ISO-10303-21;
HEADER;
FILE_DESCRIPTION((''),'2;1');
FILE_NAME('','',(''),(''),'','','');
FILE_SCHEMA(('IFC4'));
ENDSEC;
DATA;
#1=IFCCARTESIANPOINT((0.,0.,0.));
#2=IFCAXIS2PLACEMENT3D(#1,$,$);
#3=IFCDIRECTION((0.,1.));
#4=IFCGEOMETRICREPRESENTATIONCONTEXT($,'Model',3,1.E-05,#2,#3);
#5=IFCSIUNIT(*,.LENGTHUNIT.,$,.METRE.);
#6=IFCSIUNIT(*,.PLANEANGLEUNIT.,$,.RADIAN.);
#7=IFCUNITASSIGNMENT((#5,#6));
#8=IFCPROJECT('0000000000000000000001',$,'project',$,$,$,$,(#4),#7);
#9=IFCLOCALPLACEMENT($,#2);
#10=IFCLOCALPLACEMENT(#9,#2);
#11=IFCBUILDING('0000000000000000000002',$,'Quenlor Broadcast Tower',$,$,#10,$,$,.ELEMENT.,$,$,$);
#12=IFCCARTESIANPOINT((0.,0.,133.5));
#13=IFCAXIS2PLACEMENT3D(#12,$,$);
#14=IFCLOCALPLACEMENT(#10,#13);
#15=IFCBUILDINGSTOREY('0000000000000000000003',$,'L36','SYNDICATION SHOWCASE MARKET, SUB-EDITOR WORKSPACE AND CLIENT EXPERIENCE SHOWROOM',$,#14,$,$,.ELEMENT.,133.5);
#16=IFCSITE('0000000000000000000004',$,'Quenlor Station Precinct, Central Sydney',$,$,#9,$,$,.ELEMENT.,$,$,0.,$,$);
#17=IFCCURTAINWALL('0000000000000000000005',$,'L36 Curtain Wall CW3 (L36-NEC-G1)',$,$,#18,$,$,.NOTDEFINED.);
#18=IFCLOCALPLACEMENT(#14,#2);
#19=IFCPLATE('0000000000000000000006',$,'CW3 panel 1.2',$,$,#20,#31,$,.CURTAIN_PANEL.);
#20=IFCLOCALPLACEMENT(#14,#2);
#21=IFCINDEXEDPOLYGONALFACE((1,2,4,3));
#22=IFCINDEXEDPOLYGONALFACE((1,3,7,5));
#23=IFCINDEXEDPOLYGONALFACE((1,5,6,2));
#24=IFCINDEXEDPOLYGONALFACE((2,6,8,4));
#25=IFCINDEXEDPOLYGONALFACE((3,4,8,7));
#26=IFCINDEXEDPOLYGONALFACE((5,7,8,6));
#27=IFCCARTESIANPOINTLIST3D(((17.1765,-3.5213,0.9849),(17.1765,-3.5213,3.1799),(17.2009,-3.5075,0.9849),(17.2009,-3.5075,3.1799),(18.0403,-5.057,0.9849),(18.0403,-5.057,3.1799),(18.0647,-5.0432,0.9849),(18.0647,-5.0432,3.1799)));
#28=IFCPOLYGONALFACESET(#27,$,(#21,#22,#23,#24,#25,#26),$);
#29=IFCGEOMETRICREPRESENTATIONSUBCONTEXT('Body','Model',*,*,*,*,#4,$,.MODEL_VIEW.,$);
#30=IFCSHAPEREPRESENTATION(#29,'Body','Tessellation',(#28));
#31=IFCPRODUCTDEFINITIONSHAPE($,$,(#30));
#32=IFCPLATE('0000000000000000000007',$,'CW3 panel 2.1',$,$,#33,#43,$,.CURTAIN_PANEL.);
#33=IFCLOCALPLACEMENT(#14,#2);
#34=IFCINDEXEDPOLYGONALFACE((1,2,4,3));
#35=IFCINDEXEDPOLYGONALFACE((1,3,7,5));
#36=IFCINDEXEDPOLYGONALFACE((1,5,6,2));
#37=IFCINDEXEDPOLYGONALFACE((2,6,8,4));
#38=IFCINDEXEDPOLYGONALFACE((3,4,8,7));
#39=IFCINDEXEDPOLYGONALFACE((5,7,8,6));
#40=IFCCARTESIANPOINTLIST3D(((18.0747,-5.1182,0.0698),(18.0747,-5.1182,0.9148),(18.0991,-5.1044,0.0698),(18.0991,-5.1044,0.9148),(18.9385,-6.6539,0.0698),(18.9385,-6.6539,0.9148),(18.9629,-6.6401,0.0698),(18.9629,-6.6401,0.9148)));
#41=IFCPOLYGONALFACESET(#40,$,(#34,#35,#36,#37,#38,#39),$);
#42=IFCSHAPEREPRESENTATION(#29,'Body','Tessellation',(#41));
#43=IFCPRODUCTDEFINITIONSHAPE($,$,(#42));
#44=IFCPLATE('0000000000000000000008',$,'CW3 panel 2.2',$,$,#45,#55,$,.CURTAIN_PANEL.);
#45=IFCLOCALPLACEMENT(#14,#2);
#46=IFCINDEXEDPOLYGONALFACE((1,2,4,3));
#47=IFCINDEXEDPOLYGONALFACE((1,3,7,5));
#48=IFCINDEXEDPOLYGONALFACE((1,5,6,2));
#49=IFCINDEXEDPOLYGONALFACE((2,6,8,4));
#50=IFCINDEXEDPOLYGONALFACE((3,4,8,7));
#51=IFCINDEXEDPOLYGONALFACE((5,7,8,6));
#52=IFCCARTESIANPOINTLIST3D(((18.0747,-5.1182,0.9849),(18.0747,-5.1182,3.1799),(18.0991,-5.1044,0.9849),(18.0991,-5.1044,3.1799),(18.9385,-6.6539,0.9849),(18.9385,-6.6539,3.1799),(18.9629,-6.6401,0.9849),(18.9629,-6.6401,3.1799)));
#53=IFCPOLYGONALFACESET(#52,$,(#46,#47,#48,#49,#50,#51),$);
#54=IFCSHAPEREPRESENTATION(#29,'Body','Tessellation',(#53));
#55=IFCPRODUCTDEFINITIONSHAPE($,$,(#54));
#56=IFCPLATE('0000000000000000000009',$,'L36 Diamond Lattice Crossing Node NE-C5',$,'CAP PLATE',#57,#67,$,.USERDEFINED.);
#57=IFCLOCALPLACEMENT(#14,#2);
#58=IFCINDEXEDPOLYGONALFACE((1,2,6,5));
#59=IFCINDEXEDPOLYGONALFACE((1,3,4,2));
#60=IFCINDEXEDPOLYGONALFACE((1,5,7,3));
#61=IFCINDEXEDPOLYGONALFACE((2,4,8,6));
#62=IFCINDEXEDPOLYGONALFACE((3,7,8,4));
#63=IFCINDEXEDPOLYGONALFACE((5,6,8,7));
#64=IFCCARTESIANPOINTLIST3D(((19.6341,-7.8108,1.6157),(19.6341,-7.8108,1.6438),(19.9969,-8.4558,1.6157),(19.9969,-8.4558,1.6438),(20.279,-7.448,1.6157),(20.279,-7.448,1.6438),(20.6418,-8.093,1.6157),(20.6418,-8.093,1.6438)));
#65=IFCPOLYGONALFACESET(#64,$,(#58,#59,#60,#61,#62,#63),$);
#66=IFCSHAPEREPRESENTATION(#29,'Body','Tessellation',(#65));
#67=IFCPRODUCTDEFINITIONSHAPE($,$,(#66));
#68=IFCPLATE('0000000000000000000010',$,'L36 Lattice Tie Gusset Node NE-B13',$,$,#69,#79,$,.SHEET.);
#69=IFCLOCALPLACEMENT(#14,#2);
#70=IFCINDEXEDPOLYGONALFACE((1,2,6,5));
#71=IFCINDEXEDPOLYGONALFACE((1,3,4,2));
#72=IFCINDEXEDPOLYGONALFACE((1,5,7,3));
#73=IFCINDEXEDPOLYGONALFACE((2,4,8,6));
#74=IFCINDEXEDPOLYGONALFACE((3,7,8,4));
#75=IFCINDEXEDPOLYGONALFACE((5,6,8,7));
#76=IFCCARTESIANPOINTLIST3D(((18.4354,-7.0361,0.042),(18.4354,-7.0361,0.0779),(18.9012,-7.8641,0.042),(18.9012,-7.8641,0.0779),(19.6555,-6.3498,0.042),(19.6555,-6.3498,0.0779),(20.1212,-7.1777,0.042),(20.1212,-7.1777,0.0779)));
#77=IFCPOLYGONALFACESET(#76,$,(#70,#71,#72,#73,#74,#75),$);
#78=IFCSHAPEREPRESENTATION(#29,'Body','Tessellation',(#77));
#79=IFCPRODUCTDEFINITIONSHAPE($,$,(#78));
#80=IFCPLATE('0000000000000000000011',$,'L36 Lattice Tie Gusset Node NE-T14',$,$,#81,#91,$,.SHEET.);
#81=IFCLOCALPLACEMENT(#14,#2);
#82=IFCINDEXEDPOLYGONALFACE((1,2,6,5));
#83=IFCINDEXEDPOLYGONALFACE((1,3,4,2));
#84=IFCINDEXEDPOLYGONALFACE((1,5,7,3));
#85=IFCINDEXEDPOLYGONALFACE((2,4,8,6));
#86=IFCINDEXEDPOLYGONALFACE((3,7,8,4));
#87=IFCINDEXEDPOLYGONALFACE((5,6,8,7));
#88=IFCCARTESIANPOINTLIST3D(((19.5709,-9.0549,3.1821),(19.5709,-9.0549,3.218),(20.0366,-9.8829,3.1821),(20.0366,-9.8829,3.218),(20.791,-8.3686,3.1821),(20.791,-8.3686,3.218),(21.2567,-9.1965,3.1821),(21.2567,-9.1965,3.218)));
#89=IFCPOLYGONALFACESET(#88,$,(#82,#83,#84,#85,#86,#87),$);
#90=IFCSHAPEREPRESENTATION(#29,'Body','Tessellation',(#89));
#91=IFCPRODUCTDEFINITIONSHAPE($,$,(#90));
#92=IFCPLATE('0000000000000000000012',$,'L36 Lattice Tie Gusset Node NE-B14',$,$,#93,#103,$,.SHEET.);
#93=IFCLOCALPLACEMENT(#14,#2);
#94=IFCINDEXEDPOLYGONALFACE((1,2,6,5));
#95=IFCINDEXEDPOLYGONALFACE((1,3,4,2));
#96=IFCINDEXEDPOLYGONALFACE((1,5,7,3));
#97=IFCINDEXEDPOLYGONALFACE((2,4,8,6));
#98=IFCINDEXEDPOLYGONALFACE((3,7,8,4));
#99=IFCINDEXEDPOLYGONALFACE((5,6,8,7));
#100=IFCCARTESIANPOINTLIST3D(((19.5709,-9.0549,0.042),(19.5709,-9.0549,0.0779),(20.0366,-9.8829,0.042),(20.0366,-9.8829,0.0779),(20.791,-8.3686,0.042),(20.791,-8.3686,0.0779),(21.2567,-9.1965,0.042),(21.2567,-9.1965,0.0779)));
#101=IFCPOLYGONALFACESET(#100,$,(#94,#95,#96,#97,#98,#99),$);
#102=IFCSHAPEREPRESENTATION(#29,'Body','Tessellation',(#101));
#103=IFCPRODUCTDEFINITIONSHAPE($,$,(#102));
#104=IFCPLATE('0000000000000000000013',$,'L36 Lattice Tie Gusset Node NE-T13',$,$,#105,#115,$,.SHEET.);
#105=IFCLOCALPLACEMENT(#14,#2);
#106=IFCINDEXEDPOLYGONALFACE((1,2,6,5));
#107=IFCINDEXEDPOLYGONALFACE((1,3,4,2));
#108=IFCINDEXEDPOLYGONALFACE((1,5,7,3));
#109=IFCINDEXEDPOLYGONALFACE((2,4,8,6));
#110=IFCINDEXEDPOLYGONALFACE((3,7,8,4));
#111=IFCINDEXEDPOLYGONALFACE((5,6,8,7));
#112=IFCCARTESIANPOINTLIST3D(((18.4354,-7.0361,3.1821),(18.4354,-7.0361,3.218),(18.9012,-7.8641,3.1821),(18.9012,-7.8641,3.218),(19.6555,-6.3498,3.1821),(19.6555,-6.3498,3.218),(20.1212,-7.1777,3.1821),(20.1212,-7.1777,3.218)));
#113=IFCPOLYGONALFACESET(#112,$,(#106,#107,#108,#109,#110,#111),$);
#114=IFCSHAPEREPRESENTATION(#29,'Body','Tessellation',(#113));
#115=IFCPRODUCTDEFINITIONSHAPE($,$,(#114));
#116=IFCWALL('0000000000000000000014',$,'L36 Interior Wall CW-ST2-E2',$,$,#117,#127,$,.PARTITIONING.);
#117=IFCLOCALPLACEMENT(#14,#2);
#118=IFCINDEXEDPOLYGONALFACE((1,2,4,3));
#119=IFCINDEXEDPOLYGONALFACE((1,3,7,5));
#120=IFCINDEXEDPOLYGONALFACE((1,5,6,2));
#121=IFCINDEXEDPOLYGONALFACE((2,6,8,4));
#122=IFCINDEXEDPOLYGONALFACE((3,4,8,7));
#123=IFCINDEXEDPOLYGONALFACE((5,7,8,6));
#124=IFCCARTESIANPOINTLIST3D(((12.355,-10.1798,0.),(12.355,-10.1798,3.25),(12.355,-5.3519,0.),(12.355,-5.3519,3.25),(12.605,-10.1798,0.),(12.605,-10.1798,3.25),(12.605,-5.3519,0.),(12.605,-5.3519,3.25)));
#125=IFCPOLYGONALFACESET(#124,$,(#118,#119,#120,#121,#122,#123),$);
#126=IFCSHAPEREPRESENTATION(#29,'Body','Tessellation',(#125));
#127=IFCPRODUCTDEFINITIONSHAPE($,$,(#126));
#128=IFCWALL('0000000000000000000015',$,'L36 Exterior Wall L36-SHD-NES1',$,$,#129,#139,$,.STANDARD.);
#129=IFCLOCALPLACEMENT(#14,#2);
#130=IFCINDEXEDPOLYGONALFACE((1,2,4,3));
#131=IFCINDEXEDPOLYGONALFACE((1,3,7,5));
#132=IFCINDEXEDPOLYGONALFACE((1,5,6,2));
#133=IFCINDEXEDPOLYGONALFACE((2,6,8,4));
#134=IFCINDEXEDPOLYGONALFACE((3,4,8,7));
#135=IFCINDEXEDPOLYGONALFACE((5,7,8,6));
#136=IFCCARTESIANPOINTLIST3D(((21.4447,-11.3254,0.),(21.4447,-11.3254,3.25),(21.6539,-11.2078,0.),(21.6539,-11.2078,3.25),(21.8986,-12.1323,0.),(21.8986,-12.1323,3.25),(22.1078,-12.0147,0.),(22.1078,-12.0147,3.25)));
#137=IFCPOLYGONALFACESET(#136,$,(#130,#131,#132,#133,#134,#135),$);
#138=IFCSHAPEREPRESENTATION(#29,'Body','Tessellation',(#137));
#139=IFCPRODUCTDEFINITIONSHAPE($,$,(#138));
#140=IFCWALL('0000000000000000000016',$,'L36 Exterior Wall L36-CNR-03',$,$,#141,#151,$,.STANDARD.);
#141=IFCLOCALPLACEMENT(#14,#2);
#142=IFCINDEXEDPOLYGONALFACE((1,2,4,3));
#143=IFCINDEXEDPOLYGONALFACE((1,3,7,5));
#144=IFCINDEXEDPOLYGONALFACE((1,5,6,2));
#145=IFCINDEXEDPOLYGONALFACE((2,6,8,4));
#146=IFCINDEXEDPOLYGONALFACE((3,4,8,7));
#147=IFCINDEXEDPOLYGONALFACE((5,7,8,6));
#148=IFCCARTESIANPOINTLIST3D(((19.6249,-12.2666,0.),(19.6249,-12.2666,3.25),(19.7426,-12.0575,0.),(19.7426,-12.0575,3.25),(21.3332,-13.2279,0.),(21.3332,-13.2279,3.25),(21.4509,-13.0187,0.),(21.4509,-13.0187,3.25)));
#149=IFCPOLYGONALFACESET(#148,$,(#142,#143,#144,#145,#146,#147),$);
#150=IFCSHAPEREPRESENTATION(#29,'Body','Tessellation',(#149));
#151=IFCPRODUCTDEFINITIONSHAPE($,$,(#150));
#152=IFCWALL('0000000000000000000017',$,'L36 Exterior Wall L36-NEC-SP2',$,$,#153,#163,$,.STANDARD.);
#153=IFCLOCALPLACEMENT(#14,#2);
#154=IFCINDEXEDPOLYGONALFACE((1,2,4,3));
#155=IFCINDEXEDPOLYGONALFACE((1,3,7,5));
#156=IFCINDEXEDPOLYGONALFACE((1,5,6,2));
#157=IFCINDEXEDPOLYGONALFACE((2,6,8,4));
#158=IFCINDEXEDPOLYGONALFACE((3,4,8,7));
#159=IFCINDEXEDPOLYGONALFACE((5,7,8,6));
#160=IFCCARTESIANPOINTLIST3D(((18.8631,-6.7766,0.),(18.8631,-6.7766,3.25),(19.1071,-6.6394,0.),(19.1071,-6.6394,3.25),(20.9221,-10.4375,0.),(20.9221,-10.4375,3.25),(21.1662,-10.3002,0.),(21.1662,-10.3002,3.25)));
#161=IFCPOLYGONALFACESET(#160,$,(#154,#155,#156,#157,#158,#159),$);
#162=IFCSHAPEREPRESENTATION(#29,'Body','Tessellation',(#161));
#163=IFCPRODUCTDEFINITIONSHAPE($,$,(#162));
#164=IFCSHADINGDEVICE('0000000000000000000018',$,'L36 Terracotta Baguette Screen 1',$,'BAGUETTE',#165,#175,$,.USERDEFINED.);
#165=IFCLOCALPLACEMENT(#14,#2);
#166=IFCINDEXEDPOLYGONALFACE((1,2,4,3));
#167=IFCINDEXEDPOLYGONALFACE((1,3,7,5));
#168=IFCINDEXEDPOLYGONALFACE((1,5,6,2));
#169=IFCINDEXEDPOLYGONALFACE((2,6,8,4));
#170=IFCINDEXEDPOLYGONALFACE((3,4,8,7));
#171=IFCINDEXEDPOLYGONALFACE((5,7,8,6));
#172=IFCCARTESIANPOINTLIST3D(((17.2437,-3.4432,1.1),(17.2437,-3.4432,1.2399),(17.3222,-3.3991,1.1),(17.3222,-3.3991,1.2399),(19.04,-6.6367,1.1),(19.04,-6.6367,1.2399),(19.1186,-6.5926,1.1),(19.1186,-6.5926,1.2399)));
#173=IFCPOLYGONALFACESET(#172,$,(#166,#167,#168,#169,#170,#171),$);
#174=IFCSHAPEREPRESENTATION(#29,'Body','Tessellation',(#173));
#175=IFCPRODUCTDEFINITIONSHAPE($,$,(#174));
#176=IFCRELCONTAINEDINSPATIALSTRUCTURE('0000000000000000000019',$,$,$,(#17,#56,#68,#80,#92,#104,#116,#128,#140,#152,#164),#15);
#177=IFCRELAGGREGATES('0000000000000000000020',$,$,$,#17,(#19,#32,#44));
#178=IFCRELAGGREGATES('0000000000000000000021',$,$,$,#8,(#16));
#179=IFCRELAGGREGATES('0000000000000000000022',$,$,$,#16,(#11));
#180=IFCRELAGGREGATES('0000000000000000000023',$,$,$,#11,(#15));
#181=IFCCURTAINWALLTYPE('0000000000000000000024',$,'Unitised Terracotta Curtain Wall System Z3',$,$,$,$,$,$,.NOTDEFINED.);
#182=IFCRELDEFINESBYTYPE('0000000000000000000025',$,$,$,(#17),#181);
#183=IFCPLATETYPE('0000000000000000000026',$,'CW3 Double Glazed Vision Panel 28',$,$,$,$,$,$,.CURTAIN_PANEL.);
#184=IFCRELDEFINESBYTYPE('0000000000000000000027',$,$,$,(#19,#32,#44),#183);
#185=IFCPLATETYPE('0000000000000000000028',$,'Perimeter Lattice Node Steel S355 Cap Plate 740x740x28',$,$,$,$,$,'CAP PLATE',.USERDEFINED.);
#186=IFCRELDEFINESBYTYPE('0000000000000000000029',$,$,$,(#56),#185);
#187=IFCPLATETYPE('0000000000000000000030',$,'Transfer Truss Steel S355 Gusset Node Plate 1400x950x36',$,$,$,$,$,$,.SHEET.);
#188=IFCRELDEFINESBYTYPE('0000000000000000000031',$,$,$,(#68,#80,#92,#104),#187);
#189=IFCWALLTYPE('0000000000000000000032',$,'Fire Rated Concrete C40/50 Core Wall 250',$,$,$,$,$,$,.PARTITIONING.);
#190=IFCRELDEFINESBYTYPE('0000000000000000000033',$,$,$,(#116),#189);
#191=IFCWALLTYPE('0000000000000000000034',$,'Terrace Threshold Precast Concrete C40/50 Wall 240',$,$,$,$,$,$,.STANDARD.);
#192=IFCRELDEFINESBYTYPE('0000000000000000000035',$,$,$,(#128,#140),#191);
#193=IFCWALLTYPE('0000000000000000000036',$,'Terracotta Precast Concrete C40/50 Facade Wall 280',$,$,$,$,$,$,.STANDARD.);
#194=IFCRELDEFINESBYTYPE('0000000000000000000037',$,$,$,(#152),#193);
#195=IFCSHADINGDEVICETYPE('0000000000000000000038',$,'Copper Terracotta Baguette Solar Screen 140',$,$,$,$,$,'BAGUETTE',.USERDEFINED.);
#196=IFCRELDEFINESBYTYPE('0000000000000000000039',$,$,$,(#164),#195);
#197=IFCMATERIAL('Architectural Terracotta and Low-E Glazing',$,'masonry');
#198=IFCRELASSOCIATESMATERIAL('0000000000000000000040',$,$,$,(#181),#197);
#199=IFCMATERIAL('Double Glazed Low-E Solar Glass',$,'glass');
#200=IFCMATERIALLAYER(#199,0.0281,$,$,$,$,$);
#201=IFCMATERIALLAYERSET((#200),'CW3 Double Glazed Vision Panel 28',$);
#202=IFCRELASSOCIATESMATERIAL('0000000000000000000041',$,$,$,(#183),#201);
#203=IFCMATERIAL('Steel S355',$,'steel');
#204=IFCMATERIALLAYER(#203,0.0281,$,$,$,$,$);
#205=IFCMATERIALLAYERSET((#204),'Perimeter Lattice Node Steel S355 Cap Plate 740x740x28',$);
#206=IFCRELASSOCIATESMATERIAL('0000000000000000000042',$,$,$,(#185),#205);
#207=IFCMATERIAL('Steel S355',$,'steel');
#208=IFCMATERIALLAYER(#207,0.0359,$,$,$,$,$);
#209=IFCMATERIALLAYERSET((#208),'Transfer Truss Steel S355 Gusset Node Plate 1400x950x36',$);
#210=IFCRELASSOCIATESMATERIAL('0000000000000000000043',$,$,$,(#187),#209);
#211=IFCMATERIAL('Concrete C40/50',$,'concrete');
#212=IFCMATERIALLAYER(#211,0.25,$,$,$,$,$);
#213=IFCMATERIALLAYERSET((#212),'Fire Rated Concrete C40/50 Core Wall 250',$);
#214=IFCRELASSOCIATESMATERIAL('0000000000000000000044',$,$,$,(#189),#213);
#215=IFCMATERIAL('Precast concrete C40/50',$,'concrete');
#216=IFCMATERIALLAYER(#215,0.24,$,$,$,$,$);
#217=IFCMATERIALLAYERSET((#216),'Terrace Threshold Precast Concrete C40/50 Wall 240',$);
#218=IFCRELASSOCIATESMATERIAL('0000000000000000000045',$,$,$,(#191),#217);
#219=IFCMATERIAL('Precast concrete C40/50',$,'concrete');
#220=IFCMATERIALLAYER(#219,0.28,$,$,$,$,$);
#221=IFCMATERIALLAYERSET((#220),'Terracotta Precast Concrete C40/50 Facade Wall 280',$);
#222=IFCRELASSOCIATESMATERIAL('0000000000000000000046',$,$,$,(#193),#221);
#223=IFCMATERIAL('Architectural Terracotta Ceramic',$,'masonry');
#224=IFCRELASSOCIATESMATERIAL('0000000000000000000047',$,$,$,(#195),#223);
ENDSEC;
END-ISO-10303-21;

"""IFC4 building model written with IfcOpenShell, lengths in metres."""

from ifc_helpers import new_model, si_unit, direction, frame, frame_2d, origin, origin_2d, place, context, subcontext, project, spatial, rectangle, extrude, material, layer, layer_set, material_profile, profile_set, type_object, element, aggregate, save


model = new_model("IFC4")

# Units and contexts
model_context = context("Model", 3, precision=1e-05, world=origin(), true_north=direction((0.0, 1.0)))
body_context = subcontext(model_context, "Body", "Model", "MODEL_VIEW")
ifc_project = project(units=[si_unit("LENGTHUNIT", "METRE"), si_unit("PLANEANGLEUNIT", "RADIAN")], contexts=[model_context])

# Site, building, storey
site_placement = place(None, origin())
site = spatial("IfcSite", under=ifc_project, at=site_placement, Name="Quenlor Station Precinct, Central Sydney", CompositionType="ELEMENT", RefElevation=0.0)
building_placement = place(site_placement, origin())
building = spatial("IfcBuilding", under=site, at=building_placement, Name="Quenlor Broadcast Tower", CompositionType="ELEMENT")
storey_placement = place(building_placement, frame((0.0, 0.0, 133.5)))
storey = spatial("IfcBuildingStorey", under=building, at=storey_placement, Name="L36", Description="SYNDICATION SHOWCASE MARKET, SUB-EDITOR WORKSPACE AND CLIENT EXPERIENCE SHOWROOM", CompositionType="ELEMENT", Elevation=133.5)

# Curtain wall
ifc_material_1 = material(Name="Architectural Terracotta and Low-E Glazing", Category="masonry")
curtain_wall_type = type_object("IfcCurtainWallType", Name="Unitised Terracotta Curtain Wall System Z3", PredefinedType="NOTDEFINED", material=ifc_material_1)
curtain_wall_placement = place(storey_placement, origin())
curtain_wall = element("IfcCurtainWall", 1, at=curtain_wall_placement, inside=storey, type_object=curtain_wall_type, Name="L36 Curtain Wall CW3 (L36-NEC-G1)", PredefinedType="NOTDEFINED")

# Plates
ifc_material_2 = material(Name="Double Glazed Low-E Solar Glass", Category="glass")
ifc_layer_1 = layer(ifc_material_2, 0.0281)
ifc_layer_set_1 = layer_set([ifc_layer_1], Name="CW3 Double Glazed Vision Panel 28")
plate_type_1 = type_object("IfcPlateType", Name="CW3 Double Glazed Vision Panel 28", PredefinedType="CURTAIN_PANEL", material=ifc_layer_set_1)
plate_1_placement = place(storey_placement, frame((17.6206, -4.2822, 0.9849), z_axis=(0.0, 0.0, 1.0), x_axis=(0.490259, -0.871577, 0.0)))
plate_1 = element("IfcPlate", 2, at=plate_1_placement, type_object=plate_type_1, Name="CW3 panel 1.2", PredefinedType="CURTAIN_PANEL", context=body_context, shape_type="SweptSolid", body=[
    extrude(rectangle(XDim=1.762, YDim=0.0281, at=origin_2d()), origin(), (0.0, 0.0, 1.0), 2.1951),
])
plate_2_placement = place(storey_placement, frame((18.5188, -5.8792, 0.0698), z_axis=(0.0, 0.0, 1.0), x_axis=(0.490259, -0.871577, 0.0)))
plate_2 = element("IfcPlate", 3, at=plate_2_placement, type_object=plate_type_1, Name="CW3 panel 2.1", PredefinedType="CURTAIN_PANEL", context=body_context, shape_type="SweptSolid", body=[
    extrude(rectangle(XDim=1.762, YDim=0.0281, at=origin_2d()), origin(), (0.0, 0.0, 1.0), 0.845),
])
plate_3_placement = place(storey_placement, frame((18.5188, -5.8792, 0.9849), z_axis=(0.0, 0.0, 1.0), x_axis=(0.490259, -0.871577, 0.0)))
plate_3 = element("IfcPlate", 4, at=plate_3_placement, type_object=plate_type_1, Name="CW3 panel 2.2", PredefinedType="CURTAIN_PANEL", context=body_context, shape_type="SweptSolid", body=[
    extrude(rectangle(XDim=1.762, YDim=0.0281, at=origin_2d()), origin(), (0.0, 0.0, 1.0), 2.1951),
])
aggregate(curtain_wall, [plate_1, plate_2, plate_3])

# Plates
ifc_material_3 = material(Name="Steel S355", Category="steel")
ifc_layer_2 = layer(ifc_material_3, 0.0281)
ifc_layer_set_2 = layer_set([ifc_layer_2], Name="Perimeter Lattice Node Steel S355 Cap Plate 740x740x28")
plate_type_2 = type_object("IfcPlateType", Name="Perimeter Lattice Node Steel S355 Cap Plate 740x740x28", ElementType="CAP PLATE", PredefinedType="USERDEFINED", material=ifc_layer_set_2)
plate_4_placement = place(storey_placement, frame((20.1379, -7.9519, 1.6157), z_axis=(0.0, 0.0, 1.0), x_axis=(0.490295, -0.871556, 0.0)))
element("IfcPlate", 5, at=plate_4_placement, inside=storey, type_object=plate_type_2, Name="L36 Diamond Lattice Crossing Node NE-C5", ObjectType="CAP PLATE", PredefinedType="USERDEFINED", context=body_context, shape_type="SweptSolid", body=[
    extrude(rectangle(XDim=0.74, YDim=0.74, at=origin_2d()), origin(), (0.0, 0.0, 1.0), 0.0281),
])
ifc_material_4 = material(Name="Steel S355", Category="steel")
ifc_layer_3 = layer(ifc_material_4, 0.0359)
ifc_layer_set_3 = layer_set([ifc_layer_3], Name="Transfer Truss Steel S355 Gusset Node Plate 1400x950x36")
plate_type_3 = type_object("IfcPlateType", Name="Transfer Truss Steel S355 Gusset Node Plate 1400x950x36", PredefinedType="SHEET", material=ifc_layer_set_3)
for number, where, z_axis, x_axis, name in (
    (6, (19.2783, -7.1069, 0.042), (0.0, 0.0, 1.0), (0.871556, 0.490295, 0.0), "L36 Lattice Tie Gusset Node NE-B13"),
    (7, (20.4138, -9.1257, 3.1821), (0.0, 0.0, 1.0), (0.871556, 0.490295, 0.0), "L36 Lattice Tie Gusset Node NE-T14"),
    (8, (20.4138, -9.1257, 0.042), (0.0, 0.0, 1.0), (0.871556, 0.490295, 0.0), "L36 Lattice Tie Gusset Node NE-B14"),
    (9, (19.2783, -7.1069, 3.1821), (0.0, 0.0, 1.0), (0.871556, 0.490295, 0.0), "L36 Lattice Tie Gusset Node NE-T13"),
):
    element("IfcPlate", number, at=place(storey_placement, frame(where, z_axis=z_axis, x_axis=x_axis)), inside=storey, type_object=plate_type_3, Name=name, PredefinedType="SHEET", context=body_context, shape_type="SweptSolid", body=[
        extrude(rectangle(XDim=1.3999, YDim=0.95, at=origin_2d()), origin(), (0.0, 0.0, 1.0), 0.0359),
    ])

# Walls
ifc_material_5 = material(Name="Concrete C40/50", Category="concrete")
ifc_layer_4 = layer(ifc_material_5, 0.25)
ifc_layer_set_4 = layer_set([ifc_layer_4], Name="Fire Rated Concrete C40/50 Core Wall 250")
wall_type_1 = type_object("IfcWallType", Name="Fire Rated Concrete C40/50 Core Wall 250", PredefinedType="PARTITIONING", material=ifc_layer_set_4)
wall_1_placement = place(storey_placement, frame((12.48, -10.1799, 0.0), z_axis=(0.0, 0.0, 1.0), x_axis=(0.0, 1.0, 0.0)))
element("IfcWall", 10, at=wall_1_placement, inside=storey, type_object=wall_type_1, Name="L36 Interior Wall CW-ST2-E2", PredefinedType="PARTITIONING", context=body_context, shape_type="SweptSolid", body=[
    extrude(rectangle(XDim=4.8279, YDim=0.25, at=frame_2d((2.4141, 0.0))), origin(), (0.0, 0.0, 1.0), 3.25),
])
ifc_material_6 = material(Name="Precast concrete C40/50", Category="concrete")
ifc_layer_5 = layer(ifc_material_6, 0.24)
ifc_layer_set_5 = layer_set([ifc_layer_5], Name="Terrace Threshold Precast Concrete C40/50 Wall 240")
wall_type_2 = type_object("IfcWallType", Name="Terrace Threshold Precast Concrete C40/50 Wall 240", PredefinedType="STANDARD", material=ifc_layer_set_5)
wall_2_placement = place(storey_placement, frame((21.5493, -11.2666, 0.0), z_axis=(0.0, 0.0, 1.0), x_axis=(0.490249, -0.871583, 0.0)))
element("IfcWall", 11, at=wall_2_placement, inside=storey, type_object=wall_type_2, Name="L36 Exterior Wall L36-SHD-NES1", PredefinedType="STANDARD", context=body_context, shape_type="SweptSolid", body=[
    extrude(rectangle(XDim=0.9258, YDim=0.24, at=frame_2d((0.4629, 0.0))), origin(), (0.0, 0.0, 1.0), 3.25),
])
wall_3_placement = place(storey_placement, frame((19.6838, -12.1621, 0.0), z_axis=(0.0, 0.0, 1.0), x_axis=(0.871512, -0.490374, 0.0)))
element("IfcWall", 12, at=wall_3_placement, inside=storey, type_object=wall_type_2, Name="L36 Exterior Wall L36-CNR-03", PredefinedType="STANDARD", context=body_context, shape_type="SweptSolid", body=[
    extrude(rectangle(XDim=1.9602, YDim=0.24, at=frame_2d((0.98, 0.0))), origin(), (0.0, 0.0, 1.0), 3.25),
])
ifc_material_7 = material(Name="Precast concrete C40/50", Category="concrete")
ifc_layer_6 = layer(ifc_material_7, 0.28)
ifc_layer_set_6 = layer_set([ifc_layer_6], Name="Terracotta Precast Concrete C40/50 Facade Wall 280")
wall_type_3 = type_object("IfcWallType", Name="Terracotta Precast Concrete C40/50 Facade Wall 280", PredefinedType="STANDARD", material=ifc_layer_set_6)
wall_4_placement = place(storey_placement, frame((18.9851, -6.708, 0.0), z_axis=(0.0, 0.0, 1.0), x_axis=(0.490231, -0.871593, 0.0)))
element("IfcWall", 13, at=wall_4_placement, inside=storey, type_object=wall_type_3, Name="L36 Exterior Wall L36-NEC-SP2", PredefinedType="STANDARD", context=body_context, shape_type="SweptSolid", body=[
    extrude(rectangle(XDim=4.2002, YDim=0.28, at=frame_2d((2.1001, 0.0))), origin(), (0.0, 0.0, 1.0), 3.25),
])

# Shading device
ifc_material_8 = material(Name="Architectural Terracotta Ceramic", Category="masonry")
ifc_material_profile_1 = material_profile(ifc_material_8, rectangle(XDim=0.0901, YDim=0.1399, at=origin_2d()))
ifc_profile_set_1 = profile_set([ifc_material_profile_1], Name="Architectural Terracotta Ceramic BAG90x140")
shading_device_type = type_object("IfcShadingDeviceType", Name="Copper Terracotta Baguette Solar Screen 140", ElementType="BAGUETTE", PredefinedType="USERDEFINED", material=ifc_profile_set_1)
shading_device_placement = place(storey_placement, frame((17.283, -3.4211, 1.1699), z_axis=(0.490258, -0.871577, 0.0), x_axis=(0.871577, 0.490258, 0.0)))
element("IfcShadingDevice", 14, at=shading_device_placement, inside=storey, type_object=shading_device_type, Name="L36 Terracotta Baguette Screen 1", ObjectType="BAGUETTE", PredefinedType="USERDEFINED", context=body_context, shape_type="SweptSolid", body=[
    extrude(rectangle(XDim=0.0901, YDim=0.1399, at=origin_2d()), origin(), (0.0, 0.0, 1.0), 3.6641),
])

save(model, "model.ifc")
